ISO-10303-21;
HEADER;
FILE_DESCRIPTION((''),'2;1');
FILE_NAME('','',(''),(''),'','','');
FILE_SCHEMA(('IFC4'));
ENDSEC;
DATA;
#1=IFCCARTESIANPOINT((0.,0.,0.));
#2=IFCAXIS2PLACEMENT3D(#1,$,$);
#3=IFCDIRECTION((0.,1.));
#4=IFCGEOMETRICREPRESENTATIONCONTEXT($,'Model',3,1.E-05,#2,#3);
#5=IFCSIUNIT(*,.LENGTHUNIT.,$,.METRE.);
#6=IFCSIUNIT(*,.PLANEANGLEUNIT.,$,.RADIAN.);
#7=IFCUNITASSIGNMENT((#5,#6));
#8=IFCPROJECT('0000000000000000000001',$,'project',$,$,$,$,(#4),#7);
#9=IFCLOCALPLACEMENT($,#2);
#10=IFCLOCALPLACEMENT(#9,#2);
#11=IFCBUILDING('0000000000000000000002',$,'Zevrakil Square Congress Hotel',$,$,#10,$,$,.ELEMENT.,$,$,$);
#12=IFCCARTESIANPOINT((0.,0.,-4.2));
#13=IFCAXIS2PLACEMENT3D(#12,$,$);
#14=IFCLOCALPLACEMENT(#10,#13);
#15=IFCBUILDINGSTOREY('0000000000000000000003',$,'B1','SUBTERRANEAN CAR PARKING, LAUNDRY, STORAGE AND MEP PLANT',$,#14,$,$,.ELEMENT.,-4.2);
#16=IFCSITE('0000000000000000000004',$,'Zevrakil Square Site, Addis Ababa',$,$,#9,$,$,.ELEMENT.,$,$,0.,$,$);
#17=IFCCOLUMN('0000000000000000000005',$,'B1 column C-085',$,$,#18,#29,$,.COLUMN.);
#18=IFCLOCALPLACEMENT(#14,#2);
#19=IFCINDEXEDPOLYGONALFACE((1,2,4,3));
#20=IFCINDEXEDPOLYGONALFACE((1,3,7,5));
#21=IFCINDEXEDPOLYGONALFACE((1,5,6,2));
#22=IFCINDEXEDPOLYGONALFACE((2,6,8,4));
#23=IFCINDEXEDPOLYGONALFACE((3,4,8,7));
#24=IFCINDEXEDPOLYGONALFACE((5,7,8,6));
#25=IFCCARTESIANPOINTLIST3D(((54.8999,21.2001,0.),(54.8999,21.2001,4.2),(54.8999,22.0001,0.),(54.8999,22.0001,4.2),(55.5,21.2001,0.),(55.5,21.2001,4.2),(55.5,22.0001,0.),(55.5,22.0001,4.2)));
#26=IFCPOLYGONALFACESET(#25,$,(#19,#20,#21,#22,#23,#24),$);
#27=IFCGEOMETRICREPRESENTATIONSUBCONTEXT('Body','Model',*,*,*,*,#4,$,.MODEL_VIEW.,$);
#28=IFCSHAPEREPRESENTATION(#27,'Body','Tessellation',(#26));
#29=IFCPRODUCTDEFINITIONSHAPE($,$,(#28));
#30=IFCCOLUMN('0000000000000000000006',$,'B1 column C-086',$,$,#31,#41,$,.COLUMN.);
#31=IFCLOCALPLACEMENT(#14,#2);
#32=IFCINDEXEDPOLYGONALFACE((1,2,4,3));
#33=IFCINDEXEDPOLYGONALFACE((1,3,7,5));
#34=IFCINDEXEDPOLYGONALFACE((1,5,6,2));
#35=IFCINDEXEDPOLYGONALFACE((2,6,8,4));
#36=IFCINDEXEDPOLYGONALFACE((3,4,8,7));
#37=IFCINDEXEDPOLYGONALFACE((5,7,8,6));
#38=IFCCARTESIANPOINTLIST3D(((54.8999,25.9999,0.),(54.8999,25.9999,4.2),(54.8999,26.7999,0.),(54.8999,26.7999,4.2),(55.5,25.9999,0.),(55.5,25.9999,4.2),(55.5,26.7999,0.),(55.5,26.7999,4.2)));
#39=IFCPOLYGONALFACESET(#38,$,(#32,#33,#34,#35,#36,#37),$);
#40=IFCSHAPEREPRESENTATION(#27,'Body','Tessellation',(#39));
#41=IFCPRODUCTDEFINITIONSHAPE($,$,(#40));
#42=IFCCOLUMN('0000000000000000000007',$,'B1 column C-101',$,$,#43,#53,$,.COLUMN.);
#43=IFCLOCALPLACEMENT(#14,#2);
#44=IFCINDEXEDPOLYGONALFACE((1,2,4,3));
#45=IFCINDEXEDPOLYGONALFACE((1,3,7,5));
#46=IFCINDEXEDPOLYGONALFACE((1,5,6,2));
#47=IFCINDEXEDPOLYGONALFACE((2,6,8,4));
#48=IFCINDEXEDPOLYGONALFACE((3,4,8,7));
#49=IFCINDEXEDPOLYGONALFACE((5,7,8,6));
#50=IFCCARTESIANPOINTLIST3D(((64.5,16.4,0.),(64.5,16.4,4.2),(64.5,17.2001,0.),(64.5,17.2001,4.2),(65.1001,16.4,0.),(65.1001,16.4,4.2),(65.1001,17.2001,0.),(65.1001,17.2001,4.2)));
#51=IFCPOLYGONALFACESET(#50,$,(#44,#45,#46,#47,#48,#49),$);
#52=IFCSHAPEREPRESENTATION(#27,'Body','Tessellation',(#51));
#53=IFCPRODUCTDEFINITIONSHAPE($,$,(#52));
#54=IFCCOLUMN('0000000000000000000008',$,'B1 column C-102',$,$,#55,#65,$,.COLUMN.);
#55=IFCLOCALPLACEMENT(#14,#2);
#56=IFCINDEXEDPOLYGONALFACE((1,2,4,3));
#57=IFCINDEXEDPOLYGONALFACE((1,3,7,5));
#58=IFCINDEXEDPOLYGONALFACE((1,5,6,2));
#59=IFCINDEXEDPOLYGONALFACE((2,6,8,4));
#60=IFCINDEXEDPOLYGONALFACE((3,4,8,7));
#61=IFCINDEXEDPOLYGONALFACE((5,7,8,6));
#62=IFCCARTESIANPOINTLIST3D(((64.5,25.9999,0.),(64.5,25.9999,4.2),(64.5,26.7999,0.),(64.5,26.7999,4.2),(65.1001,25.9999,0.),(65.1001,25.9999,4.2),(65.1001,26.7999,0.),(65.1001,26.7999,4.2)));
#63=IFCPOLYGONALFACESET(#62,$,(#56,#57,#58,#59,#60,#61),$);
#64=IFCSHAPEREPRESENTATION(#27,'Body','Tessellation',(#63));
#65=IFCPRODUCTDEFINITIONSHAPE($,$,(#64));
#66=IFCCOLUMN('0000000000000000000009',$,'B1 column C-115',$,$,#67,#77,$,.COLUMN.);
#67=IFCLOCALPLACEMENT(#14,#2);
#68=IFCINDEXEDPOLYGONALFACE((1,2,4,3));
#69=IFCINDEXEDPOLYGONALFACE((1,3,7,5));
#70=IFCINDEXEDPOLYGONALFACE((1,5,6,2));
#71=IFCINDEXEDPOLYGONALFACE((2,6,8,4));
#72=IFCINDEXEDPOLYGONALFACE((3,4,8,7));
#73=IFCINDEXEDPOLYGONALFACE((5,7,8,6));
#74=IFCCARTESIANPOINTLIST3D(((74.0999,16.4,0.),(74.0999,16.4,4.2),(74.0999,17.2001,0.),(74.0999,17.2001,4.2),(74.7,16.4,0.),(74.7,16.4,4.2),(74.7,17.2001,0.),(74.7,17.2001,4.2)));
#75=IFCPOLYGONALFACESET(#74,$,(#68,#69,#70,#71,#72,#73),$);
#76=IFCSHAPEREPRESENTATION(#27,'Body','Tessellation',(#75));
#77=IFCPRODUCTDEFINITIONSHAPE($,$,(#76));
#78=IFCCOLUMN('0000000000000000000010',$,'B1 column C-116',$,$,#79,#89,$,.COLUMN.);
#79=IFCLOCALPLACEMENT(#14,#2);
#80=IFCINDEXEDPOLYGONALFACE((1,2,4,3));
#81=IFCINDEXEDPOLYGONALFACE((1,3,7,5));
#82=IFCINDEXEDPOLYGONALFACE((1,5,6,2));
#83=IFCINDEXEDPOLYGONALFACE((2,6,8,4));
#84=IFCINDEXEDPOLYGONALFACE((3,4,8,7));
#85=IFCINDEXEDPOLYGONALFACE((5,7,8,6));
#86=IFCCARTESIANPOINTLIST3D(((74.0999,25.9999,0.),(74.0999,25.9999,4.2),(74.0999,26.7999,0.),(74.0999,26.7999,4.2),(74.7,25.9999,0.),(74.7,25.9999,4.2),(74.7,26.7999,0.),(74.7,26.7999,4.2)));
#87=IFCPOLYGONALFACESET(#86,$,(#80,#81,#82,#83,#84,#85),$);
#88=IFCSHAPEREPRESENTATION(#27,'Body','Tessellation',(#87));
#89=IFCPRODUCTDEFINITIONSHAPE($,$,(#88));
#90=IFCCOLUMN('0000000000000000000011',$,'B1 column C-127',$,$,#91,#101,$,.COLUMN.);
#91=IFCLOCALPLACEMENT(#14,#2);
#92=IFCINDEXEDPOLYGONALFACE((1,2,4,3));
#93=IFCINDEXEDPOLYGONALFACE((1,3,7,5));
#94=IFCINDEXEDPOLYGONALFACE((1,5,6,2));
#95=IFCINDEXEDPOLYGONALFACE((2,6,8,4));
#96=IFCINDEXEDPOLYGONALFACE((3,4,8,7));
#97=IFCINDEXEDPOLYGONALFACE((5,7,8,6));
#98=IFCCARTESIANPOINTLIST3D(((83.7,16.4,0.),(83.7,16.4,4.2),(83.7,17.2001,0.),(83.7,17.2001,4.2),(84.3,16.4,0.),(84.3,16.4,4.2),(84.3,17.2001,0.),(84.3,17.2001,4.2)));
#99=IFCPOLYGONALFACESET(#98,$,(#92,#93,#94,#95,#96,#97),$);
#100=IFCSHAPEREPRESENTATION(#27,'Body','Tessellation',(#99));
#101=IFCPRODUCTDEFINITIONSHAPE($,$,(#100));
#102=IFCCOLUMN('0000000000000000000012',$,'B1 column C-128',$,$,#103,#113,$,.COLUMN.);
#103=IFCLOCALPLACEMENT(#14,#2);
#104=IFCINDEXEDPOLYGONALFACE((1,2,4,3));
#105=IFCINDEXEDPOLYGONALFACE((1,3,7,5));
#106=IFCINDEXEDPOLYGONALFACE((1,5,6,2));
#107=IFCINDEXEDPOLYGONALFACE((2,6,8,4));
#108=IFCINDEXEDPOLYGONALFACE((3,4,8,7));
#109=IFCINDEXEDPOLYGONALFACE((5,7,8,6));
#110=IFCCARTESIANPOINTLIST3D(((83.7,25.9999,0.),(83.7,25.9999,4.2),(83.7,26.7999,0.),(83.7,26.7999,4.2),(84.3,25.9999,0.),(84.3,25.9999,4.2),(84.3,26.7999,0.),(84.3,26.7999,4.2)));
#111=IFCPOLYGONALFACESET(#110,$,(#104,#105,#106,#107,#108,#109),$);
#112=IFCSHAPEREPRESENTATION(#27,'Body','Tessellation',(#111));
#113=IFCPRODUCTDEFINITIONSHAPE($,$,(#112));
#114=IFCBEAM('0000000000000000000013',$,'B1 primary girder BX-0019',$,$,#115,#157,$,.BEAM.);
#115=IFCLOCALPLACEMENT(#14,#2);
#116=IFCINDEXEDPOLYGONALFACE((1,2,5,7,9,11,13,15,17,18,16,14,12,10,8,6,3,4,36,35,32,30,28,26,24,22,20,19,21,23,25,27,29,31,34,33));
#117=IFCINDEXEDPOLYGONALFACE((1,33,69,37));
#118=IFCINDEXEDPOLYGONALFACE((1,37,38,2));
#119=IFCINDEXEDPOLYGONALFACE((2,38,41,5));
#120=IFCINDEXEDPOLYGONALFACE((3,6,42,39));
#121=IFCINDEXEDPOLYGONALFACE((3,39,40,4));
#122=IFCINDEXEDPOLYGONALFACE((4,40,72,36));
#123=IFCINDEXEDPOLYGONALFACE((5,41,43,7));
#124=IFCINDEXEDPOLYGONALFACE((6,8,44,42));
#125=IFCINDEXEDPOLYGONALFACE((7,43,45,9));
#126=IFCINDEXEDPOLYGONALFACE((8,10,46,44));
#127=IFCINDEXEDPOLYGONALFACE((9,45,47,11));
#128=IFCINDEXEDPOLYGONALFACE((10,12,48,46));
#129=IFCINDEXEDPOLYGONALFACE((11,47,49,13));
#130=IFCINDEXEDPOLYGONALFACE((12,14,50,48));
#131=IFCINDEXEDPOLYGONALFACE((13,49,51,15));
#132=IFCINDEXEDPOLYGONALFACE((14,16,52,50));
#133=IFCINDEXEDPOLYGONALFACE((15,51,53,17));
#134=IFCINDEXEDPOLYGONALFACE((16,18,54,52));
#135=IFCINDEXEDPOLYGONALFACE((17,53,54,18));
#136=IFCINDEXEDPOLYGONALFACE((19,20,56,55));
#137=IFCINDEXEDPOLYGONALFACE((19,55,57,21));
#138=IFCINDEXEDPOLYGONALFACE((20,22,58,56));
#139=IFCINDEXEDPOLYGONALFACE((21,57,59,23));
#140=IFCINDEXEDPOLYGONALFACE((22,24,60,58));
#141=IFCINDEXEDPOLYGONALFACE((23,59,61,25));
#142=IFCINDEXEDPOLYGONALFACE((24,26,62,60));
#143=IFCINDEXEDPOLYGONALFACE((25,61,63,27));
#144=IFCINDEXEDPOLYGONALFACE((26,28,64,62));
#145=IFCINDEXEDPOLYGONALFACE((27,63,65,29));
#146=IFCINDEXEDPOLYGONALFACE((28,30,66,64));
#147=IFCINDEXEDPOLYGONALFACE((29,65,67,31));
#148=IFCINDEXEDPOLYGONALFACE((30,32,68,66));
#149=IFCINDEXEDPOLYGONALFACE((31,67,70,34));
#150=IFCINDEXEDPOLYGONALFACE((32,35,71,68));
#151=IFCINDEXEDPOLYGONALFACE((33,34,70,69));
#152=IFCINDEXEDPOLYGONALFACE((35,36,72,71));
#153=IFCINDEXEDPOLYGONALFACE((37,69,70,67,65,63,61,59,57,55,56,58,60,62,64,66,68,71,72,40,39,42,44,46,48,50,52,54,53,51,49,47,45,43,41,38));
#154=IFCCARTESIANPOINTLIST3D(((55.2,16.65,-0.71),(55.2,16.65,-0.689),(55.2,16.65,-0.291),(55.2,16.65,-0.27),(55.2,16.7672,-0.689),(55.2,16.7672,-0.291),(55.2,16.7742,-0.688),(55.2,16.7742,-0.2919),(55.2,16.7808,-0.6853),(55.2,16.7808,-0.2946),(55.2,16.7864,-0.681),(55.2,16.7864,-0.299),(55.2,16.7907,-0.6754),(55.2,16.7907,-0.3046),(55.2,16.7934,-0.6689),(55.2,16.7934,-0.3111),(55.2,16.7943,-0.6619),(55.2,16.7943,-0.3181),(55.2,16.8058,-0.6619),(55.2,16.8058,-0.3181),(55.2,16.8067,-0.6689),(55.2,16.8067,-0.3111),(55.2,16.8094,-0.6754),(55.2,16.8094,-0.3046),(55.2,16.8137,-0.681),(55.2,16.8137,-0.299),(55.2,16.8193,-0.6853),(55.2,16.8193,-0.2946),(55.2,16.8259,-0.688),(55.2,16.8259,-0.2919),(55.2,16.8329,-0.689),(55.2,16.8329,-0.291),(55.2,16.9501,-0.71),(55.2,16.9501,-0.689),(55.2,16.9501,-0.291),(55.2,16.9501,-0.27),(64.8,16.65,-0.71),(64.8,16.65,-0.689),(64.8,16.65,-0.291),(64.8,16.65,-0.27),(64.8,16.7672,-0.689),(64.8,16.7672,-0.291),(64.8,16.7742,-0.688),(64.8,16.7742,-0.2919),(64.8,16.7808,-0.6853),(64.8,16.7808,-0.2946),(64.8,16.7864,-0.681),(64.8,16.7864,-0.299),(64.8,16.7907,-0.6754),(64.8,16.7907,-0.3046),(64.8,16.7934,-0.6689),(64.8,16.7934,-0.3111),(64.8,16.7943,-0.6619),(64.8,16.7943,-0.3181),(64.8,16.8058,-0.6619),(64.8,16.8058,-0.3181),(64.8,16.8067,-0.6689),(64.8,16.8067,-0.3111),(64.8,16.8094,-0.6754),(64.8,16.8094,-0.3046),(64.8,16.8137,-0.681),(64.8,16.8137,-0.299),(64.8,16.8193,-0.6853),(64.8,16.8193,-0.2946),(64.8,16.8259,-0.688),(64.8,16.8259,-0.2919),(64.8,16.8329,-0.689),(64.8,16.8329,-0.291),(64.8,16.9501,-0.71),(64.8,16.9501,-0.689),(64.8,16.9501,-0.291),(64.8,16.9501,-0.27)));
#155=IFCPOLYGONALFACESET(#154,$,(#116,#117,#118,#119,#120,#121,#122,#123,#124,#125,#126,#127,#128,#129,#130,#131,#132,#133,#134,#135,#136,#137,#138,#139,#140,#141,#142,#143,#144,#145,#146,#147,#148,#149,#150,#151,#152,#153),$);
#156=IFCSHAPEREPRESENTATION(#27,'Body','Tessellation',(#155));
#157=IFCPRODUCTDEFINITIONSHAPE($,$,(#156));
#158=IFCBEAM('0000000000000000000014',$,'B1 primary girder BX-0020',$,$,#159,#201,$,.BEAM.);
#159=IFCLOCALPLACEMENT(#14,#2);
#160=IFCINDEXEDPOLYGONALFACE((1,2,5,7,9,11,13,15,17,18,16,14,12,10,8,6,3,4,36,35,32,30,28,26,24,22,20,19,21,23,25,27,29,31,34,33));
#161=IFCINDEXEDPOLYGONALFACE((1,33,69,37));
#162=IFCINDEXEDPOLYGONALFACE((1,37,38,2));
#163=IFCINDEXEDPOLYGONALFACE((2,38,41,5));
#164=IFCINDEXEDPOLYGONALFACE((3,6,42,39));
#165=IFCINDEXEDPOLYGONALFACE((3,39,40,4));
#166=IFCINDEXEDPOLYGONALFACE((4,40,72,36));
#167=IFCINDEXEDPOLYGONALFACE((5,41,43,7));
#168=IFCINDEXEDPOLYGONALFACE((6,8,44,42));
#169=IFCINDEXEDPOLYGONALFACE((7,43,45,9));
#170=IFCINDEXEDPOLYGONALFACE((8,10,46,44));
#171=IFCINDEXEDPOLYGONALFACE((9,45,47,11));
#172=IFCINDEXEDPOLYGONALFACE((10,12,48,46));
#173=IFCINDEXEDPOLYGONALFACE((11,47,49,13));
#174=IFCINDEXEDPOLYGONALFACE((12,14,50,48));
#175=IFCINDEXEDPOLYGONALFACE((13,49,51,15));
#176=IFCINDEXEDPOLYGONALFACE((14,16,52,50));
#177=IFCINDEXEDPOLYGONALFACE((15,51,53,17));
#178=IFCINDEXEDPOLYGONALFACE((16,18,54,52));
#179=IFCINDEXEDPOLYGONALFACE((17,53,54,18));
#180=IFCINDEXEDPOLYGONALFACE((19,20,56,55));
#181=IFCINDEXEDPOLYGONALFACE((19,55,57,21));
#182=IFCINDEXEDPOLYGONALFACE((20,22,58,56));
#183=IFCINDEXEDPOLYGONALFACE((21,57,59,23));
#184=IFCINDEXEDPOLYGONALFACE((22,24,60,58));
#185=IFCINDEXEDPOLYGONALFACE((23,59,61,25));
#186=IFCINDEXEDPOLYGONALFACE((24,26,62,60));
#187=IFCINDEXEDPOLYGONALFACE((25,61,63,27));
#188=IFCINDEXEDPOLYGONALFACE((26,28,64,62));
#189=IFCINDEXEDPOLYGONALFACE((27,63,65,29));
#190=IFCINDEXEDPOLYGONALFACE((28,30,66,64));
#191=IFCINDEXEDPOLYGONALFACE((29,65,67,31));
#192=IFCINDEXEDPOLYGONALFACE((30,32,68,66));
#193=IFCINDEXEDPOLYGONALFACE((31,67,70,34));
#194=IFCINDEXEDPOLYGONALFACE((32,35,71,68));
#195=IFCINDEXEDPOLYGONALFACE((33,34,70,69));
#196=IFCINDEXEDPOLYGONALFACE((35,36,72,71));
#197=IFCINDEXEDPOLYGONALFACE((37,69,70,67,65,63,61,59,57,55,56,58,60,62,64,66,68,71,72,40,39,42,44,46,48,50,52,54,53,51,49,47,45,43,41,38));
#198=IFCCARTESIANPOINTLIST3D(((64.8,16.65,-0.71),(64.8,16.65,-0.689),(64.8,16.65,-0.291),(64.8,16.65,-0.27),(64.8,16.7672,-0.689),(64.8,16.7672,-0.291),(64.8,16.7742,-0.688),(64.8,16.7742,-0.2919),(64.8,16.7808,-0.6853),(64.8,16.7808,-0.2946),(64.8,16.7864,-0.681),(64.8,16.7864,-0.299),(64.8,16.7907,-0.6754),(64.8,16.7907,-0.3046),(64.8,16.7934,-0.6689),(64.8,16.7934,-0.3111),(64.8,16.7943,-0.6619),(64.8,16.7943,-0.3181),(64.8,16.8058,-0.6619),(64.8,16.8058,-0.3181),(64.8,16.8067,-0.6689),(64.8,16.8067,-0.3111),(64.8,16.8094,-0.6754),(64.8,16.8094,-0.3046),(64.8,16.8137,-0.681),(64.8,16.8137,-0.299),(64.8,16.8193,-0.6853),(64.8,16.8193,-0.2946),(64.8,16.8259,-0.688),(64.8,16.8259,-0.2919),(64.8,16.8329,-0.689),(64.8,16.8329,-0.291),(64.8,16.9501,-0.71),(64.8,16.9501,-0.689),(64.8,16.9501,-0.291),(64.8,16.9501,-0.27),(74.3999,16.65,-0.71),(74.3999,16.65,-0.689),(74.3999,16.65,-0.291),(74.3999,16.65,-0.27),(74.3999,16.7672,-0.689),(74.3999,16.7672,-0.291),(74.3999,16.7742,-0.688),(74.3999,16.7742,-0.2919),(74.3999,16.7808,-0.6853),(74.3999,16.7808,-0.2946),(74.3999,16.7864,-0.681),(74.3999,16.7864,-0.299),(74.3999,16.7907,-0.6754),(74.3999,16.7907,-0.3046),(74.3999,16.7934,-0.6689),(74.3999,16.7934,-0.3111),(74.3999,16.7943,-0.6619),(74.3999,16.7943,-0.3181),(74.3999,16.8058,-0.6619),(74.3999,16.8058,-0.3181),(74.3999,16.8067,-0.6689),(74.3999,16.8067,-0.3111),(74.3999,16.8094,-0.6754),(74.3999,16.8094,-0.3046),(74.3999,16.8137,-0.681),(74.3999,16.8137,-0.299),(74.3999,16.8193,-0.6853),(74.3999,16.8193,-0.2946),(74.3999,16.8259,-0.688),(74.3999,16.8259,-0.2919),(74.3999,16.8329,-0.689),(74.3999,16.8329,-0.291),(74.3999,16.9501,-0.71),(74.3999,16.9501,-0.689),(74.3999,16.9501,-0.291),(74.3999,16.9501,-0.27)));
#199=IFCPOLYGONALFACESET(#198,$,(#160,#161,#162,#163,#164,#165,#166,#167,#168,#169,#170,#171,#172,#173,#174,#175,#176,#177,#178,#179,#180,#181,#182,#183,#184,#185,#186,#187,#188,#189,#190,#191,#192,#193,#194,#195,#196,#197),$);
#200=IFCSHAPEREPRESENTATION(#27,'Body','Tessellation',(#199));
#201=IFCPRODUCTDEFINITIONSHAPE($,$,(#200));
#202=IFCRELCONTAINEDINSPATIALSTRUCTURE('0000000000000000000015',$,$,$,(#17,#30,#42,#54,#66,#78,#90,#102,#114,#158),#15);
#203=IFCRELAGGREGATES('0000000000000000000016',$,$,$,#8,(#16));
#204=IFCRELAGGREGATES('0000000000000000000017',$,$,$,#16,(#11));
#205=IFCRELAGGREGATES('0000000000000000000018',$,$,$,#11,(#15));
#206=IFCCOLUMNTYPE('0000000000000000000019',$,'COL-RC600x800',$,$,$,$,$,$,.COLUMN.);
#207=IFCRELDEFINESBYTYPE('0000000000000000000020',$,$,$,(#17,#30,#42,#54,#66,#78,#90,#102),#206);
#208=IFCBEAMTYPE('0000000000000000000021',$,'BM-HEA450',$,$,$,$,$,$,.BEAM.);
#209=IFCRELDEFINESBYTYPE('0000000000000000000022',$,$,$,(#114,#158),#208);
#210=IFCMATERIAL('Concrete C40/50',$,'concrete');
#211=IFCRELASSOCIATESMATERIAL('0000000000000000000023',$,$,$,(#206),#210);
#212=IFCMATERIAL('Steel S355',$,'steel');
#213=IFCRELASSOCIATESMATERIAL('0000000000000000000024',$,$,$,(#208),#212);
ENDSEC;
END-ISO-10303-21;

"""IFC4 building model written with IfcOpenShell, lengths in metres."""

from ifc_helpers import new_model, si_unit, direction, frame, origin, origin_2d, place, context, subcontext, project, spatial, rectangle, i_section, extrude, material, material_profile, profile_set, type_object, element, save


model = new_model("IFC4")

# Units and contexts
model_context = context("Model", 3, precision=1e-05, world=origin(), true_north=direction((0.0, 1.0)))
body_context = subcontext(model_context, "Body", "Model", "MODEL_VIEW")
ifc_project = project(units=[si_unit("LENGTHUNIT", "METRE"), si_unit("PLANEANGLEUNIT", "RADIAN")], contexts=[model_context])

# Site, building, storey
site_placement = place(None, origin())
site = spatial("IfcSite", under=ifc_project, at=site_placement, Name="Zevrakil Square Site, Addis Ababa", CompositionType="ELEMENT", RefElevation=0.0)
building_placement = place(site_placement, origin())
building = spatial("IfcBuilding", under=site, at=building_placement, Name="Zevrakil Square Congress Hotel", CompositionType="ELEMENT")
storey_placement = place(building_placement, frame((0.0, 0.0, -4.2)))
storey = spatial("IfcBuildingStorey", under=building, at=storey_placement, Name="B1", Description="SUBTERRANEAN CAR PARKING, LAUNDRY, STORAGE AND MEP PLANT", CompositionType="ELEMENT", Elevation=-4.2)

# Columns
ifc_material_1 = material(Name="Concrete C40/50", Category="concrete")
ifc_material_profile_1 = material_profile(ifc_material_1, rectangle(XDim=0.6001, YDim=0.8, at=origin_2d()), Name="RC 600x800")
ifc_profile_set_1 = profile_set([ifc_material_profile_1], Name="Concrete C40/50")
column_type = type_object("IfcColumnType", Name="COL-RC600x800", PredefinedType="COLUMN", material=ifc_profile_set_1)
for number, where, z_axis, x_axis, name in (
    (1, (55.2, 21.6001, 0.0), (0.0, 0.0, 1.0), (1.0, 0.0, 0.0), "B1 column C-085"),
    (2, (55.2, 26.3999, 0.0), (0.0, 0.0, 1.0), (1.0, 0.0, 0.0), "B1 column C-086"),
    (3, (64.8, 16.8, 0.0), (0.0, 0.0, 1.0), (1.0, 0.0, 0.0), "B1 column C-101"),
    (4, (64.8, 26.3999, 0.0), (0.0, 0.0, 1.0), (1.0, 0.0, 0.0), "B1 column C-102"),
    (5, (74.3999, 16.8, 0.0), (0.0, 0.0, 1.0), (1.0, 0.0, 0.0), "B1 column C-115"),
    (6, (74.3999, 26.3999, 0.0), (0.0, 0.0, 1.0), (1.0, 0.0, 0.0), "B1 column C-116"),
    (7, (84.0, 16.8, 0.0), (0.0, 0.0, 1.0), (1.0, 0.0, 0.0), "B1 column C-127"),
    (8, (84.0, 26.3999, 0.0), (0.0, 0.0, 1.0), (1.0, 0.0, 0.0), "B1 column C-128"),
):
    element("IfcColumn", number, at=place(storey_placement, frame(where, z_axis=z_axis, x_axis=x_axis)), inside=storey, type_object=column_type, Name=name, PredefinedType="COLUMN", context=body_context, shape_type="SweptSolid", body=[
        extrude(rectangle(XDim=0.6001, YDim=0.8, at=origin_2d()), origin(), (0.0, 0.0, 1.0), 4.2),
    ])

# Beams
ifc_material_2 = material(Name="Steel S355", Category="steel")
ifc_material_profile_2 = material_profile(ifc_material_2, i_section(OverallWidth=0.3, OverallDepth=0.4399, WebThickness=0.0115, FlangeThickness=0.021, FilletRadius=0.0271, at=origin_2d()), Name="HEA 450")
ifc_profile_set_2 = profile_set([ifc_material_profile_2], Name="Steel S355")
beam_type_1 = type_object("IfcBeamType", Name="BM-HEA450", PredefinedType="BEAM", material=ifc_profile_set_2)
beam_1_placement = place(storey_placement, frame((55.2, 16.8, -0.49), z_axis=(1.0, 0.0, 0.0), x_axis=(0.0, 1.0, 0.0)))
element("IfcBeam", 9, at=beam_1_placement, inside=storey, type_object=beam_type_1, Name="B1 primary girder BX-0019", PredefinedType="BEAM", context=body_context, shape_type="SweptSolid", body=[
    extrude(i_section(OverallWidth=0.3, OverallDepth=0.4399, WebThickness=0.0115, FlangeThickness=0.021, FilletRadius=0.0271, at=origin_2d()), origin(), (0.0, 0.0, 1.0), 9.6001),
])
beam_2_placement = place(storey_placement, frame((64.8, 16.8, -0.49), z_axis=(1.0, 0.0, 0.0), x_axis=(0.0, 1.0, 0.0)))
element("IfcBeam", 10, at=beam_2_placement, inside=storey, type_object=beam_type_1, Name="B1 primary girder BX-0020", PredefinedType="BEAM", context=body_context, shape_type="SweptSolid", body=[
    extrude(i_section(OverallWidth=0.3, OverallDepth=0.4399, WebThickness=0.0115, FlangeThickness=0.021, FilletRadius=0.0271, at=origin_2d()), origin(), (0.0, 0.0, 1.0), 9.5999),
])

save(model, "model.ifc")
